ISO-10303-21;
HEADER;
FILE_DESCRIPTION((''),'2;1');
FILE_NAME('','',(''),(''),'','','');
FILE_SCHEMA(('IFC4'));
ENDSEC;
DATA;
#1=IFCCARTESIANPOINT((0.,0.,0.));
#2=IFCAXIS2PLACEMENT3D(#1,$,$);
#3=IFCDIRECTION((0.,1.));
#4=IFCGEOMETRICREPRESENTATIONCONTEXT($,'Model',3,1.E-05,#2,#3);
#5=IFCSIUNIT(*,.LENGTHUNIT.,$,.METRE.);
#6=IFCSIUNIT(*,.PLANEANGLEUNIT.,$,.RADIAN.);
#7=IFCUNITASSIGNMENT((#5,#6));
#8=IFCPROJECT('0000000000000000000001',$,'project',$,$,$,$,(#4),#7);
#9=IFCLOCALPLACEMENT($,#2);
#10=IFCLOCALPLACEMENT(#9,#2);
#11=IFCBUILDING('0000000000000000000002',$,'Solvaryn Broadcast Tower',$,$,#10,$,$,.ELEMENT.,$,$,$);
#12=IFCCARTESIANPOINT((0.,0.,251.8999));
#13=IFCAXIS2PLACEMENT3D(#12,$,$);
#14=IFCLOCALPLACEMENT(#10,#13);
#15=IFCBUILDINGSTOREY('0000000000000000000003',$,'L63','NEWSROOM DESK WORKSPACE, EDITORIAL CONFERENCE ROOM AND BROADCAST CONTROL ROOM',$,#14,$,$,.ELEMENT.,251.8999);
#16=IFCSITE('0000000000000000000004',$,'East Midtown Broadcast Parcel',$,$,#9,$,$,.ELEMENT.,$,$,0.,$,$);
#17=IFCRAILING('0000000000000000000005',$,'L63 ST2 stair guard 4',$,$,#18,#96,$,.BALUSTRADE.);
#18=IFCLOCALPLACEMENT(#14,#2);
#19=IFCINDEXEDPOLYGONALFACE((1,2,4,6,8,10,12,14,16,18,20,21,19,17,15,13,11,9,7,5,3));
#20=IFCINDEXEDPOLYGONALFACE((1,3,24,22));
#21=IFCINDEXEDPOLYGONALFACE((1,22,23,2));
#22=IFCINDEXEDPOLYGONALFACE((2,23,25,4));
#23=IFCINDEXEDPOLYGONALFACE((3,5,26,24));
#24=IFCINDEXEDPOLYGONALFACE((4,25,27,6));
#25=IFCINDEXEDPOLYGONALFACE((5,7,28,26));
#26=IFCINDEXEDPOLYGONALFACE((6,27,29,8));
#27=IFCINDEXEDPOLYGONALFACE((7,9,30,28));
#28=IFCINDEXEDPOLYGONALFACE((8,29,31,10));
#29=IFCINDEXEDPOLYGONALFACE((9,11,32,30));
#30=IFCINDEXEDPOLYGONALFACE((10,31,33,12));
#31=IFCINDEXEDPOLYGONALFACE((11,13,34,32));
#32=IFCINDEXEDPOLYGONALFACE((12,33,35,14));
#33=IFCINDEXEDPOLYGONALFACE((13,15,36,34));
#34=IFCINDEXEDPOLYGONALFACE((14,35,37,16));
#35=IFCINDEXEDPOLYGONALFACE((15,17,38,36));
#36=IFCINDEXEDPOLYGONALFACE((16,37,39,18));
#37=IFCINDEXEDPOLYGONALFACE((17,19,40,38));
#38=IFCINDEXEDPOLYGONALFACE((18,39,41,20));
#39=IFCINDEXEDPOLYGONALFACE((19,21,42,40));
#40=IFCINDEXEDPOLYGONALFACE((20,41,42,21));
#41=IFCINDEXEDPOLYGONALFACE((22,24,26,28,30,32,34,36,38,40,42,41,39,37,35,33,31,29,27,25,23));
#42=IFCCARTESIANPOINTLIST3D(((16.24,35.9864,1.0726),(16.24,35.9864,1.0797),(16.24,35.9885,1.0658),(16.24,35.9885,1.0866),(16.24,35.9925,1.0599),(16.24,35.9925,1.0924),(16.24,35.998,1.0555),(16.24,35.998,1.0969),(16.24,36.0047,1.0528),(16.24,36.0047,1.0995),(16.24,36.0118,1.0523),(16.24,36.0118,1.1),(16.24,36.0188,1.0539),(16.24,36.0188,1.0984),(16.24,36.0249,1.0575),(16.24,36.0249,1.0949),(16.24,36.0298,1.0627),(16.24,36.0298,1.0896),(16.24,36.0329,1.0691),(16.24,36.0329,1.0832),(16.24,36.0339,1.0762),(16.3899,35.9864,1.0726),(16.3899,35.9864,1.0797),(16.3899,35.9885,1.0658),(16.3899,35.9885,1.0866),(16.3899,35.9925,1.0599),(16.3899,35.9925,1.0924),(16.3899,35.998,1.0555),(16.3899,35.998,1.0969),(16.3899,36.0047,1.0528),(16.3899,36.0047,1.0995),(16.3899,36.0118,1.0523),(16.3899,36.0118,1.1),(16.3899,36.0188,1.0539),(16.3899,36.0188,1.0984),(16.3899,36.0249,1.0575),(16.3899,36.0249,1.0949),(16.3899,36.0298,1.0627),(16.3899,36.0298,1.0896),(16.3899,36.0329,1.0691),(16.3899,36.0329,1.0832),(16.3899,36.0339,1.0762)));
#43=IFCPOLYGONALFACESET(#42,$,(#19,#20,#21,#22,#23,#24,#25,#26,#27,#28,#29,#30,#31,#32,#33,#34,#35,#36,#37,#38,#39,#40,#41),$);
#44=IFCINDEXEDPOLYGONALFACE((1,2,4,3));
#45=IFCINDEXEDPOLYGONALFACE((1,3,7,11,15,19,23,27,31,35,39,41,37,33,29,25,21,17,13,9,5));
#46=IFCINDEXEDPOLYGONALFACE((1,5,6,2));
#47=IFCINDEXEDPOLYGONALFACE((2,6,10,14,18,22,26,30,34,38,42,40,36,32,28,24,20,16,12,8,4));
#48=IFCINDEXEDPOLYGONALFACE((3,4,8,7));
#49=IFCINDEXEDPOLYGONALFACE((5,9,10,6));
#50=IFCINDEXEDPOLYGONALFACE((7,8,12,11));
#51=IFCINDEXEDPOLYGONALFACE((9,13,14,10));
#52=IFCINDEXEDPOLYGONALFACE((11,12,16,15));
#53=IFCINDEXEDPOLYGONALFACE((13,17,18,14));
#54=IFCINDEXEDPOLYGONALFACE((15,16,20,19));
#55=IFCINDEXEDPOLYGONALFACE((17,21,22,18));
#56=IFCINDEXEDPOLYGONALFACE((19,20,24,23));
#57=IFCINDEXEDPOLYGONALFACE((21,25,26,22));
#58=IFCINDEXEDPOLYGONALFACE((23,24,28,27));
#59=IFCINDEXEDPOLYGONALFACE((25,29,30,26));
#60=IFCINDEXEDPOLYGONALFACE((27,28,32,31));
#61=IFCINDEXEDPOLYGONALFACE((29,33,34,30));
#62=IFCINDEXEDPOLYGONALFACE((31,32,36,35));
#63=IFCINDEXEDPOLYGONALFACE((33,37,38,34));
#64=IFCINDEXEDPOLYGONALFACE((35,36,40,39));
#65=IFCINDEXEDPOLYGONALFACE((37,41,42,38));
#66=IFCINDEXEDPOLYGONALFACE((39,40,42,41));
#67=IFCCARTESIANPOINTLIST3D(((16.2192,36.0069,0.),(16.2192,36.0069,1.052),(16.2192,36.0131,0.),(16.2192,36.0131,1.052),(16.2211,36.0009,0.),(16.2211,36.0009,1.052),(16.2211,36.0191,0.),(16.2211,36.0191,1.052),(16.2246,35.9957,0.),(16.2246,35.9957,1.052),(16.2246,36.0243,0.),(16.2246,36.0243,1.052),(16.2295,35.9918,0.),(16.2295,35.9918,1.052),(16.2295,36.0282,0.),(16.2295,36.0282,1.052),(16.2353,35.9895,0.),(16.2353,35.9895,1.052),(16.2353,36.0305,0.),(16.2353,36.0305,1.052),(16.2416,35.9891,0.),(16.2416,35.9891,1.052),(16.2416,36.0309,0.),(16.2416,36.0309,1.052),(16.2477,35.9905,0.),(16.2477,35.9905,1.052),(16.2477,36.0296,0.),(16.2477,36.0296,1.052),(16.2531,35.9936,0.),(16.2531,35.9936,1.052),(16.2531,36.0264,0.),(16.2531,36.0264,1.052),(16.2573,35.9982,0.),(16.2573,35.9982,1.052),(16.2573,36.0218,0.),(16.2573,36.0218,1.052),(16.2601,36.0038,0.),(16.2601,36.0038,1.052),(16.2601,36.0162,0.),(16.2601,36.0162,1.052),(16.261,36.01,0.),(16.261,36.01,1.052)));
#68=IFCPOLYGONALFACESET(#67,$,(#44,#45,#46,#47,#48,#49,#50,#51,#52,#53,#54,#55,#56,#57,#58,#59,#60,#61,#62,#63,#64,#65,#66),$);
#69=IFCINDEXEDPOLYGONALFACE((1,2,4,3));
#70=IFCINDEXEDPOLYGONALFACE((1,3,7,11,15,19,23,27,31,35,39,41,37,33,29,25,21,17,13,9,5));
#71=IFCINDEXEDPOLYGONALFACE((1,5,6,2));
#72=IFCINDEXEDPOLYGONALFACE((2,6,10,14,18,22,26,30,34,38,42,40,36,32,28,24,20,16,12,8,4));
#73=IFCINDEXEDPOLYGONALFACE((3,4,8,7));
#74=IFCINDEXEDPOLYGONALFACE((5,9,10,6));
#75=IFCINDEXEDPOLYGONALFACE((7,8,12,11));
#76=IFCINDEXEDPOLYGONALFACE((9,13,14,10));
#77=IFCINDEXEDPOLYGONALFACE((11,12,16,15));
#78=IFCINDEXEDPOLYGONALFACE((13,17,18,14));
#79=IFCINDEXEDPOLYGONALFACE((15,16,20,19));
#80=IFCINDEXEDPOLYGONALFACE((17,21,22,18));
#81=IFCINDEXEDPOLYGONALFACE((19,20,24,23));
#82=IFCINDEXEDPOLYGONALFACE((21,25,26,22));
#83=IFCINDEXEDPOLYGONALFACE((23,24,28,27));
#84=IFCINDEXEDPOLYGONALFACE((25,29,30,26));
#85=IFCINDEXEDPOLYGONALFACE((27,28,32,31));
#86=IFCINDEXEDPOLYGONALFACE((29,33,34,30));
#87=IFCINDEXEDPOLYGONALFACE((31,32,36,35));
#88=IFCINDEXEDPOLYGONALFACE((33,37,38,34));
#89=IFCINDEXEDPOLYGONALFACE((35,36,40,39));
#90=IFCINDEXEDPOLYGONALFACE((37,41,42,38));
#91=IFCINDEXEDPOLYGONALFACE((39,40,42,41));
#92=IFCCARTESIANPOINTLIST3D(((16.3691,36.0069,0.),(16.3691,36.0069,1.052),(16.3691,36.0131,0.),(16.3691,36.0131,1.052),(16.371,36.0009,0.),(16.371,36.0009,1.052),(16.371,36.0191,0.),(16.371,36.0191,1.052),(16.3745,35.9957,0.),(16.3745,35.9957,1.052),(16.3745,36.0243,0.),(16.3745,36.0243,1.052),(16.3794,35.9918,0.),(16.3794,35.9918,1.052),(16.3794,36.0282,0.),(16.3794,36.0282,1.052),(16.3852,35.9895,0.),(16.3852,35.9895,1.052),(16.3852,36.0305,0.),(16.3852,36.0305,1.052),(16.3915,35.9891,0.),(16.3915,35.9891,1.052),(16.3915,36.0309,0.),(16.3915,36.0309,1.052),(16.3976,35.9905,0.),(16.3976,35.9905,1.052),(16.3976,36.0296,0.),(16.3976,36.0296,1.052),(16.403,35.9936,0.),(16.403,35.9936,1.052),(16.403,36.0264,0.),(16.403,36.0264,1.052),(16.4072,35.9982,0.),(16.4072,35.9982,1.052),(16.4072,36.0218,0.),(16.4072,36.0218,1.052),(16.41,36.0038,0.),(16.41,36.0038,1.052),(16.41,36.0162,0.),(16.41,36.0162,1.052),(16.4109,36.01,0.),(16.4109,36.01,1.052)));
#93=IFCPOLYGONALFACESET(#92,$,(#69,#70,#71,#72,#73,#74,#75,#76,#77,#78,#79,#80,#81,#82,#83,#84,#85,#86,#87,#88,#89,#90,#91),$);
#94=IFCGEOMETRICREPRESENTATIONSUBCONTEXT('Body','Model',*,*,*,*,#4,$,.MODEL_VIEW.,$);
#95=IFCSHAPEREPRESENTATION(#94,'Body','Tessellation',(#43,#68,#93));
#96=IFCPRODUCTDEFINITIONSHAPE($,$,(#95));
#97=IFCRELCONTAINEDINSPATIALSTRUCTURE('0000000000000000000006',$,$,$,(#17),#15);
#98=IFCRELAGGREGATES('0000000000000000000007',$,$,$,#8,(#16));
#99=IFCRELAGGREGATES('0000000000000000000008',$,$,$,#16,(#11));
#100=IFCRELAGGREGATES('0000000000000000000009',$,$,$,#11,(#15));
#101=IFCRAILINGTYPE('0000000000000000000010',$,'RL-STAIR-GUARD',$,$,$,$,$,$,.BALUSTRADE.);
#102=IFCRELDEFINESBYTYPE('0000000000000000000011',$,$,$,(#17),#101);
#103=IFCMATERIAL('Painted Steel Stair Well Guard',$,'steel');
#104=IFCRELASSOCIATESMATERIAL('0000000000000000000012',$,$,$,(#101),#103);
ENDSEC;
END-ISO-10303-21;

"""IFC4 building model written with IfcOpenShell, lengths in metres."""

from ifc_helpers import new_model, si_unit, direction, frame, origin, origin_2d, place, context, subcontext, project, spatial, circle, extrude, material, type_object, element, save


model = new_model("IFC4")

# Units and contexts
model_context = context("Model", 3, precision=1e-05, world=origin(), true_north=direction((0.0, 1.0)))
body_context = subcontext(model_context, "Body", "Model", "MODEL_VIEW")
ifc_project = project(units=[si_unit("LENGTHUNIT", "METRE"), si_unit("PLANEANGLEUNIT", "RADIAN")], contexts=[model_context])

# Site, building, storey
site_placement = place(None, origin())
site = spatial("IfcSite", under=ifc_project, at=site_placement, Name="East Midtown Broadcast Parcel", CompositionType="ELEMENT", RefElevation=0.0)
building_placement = place(site_placement, origin())
building = spatial("IfcBuilding", under=site, at=building_placement, Name="Solvaryn Broadcast Tower", CompositionType="ELEMENT")
storey_placement = place(building_placement, frame((0.0, 0.0, 251.8999)))
storey = spatial("IfcBuildingStorey", under=building, at=storey_placement, Name="L63", Description="NEWSROOM DESK WORKSPACE, EDITORIAL CONFERENCE ROOM AND BROADCAST CONTROL ROOM", CompositionType="ELEMENT", Elevation=251.8999)

# Railing
ifc_material_1 = material(Name="Painted Steel Stair Well Guard", Category="steel")
railing_type_1 = type_object("IfcRailingType", Name="RL-STAIR-GUARD", PredefinedType="BALUSTRADE", material=ifc_material_1)
railing_1_placement = place(storey_placement, frame((16.24, 36.01, 0.0)))
element("IfcRailing", 1, at=railing_1_placement, inside=storey, type_object=railing_type_1, Name="L63 ST2 stair guard 4", PredefinedType="BALUSTRADE", context=body_context, shape_type="SweptSolid", body=[
    extrude(circle(Radius=0.0239, at=origin_2d()), frame((0.0, 0.0, 1.0762), z_axis=(1.0, 0.0, 0.0), x_axis=(0.0, 1.0, 0.0)), (0.0, 0.0, 1.0), 0.1499),
    extrude(circle(Radius=0.021, at=origin_2d()), origin(), (0.0, 0.0, 1.0), 1.052),
    extrude(circle(Radius=0.021, at=origin_2d()), frame((0.1499, 0.0, 0.0)), (0.0, 0.0, 1.0), 1.052),
])

save(model, "model.ifc")
